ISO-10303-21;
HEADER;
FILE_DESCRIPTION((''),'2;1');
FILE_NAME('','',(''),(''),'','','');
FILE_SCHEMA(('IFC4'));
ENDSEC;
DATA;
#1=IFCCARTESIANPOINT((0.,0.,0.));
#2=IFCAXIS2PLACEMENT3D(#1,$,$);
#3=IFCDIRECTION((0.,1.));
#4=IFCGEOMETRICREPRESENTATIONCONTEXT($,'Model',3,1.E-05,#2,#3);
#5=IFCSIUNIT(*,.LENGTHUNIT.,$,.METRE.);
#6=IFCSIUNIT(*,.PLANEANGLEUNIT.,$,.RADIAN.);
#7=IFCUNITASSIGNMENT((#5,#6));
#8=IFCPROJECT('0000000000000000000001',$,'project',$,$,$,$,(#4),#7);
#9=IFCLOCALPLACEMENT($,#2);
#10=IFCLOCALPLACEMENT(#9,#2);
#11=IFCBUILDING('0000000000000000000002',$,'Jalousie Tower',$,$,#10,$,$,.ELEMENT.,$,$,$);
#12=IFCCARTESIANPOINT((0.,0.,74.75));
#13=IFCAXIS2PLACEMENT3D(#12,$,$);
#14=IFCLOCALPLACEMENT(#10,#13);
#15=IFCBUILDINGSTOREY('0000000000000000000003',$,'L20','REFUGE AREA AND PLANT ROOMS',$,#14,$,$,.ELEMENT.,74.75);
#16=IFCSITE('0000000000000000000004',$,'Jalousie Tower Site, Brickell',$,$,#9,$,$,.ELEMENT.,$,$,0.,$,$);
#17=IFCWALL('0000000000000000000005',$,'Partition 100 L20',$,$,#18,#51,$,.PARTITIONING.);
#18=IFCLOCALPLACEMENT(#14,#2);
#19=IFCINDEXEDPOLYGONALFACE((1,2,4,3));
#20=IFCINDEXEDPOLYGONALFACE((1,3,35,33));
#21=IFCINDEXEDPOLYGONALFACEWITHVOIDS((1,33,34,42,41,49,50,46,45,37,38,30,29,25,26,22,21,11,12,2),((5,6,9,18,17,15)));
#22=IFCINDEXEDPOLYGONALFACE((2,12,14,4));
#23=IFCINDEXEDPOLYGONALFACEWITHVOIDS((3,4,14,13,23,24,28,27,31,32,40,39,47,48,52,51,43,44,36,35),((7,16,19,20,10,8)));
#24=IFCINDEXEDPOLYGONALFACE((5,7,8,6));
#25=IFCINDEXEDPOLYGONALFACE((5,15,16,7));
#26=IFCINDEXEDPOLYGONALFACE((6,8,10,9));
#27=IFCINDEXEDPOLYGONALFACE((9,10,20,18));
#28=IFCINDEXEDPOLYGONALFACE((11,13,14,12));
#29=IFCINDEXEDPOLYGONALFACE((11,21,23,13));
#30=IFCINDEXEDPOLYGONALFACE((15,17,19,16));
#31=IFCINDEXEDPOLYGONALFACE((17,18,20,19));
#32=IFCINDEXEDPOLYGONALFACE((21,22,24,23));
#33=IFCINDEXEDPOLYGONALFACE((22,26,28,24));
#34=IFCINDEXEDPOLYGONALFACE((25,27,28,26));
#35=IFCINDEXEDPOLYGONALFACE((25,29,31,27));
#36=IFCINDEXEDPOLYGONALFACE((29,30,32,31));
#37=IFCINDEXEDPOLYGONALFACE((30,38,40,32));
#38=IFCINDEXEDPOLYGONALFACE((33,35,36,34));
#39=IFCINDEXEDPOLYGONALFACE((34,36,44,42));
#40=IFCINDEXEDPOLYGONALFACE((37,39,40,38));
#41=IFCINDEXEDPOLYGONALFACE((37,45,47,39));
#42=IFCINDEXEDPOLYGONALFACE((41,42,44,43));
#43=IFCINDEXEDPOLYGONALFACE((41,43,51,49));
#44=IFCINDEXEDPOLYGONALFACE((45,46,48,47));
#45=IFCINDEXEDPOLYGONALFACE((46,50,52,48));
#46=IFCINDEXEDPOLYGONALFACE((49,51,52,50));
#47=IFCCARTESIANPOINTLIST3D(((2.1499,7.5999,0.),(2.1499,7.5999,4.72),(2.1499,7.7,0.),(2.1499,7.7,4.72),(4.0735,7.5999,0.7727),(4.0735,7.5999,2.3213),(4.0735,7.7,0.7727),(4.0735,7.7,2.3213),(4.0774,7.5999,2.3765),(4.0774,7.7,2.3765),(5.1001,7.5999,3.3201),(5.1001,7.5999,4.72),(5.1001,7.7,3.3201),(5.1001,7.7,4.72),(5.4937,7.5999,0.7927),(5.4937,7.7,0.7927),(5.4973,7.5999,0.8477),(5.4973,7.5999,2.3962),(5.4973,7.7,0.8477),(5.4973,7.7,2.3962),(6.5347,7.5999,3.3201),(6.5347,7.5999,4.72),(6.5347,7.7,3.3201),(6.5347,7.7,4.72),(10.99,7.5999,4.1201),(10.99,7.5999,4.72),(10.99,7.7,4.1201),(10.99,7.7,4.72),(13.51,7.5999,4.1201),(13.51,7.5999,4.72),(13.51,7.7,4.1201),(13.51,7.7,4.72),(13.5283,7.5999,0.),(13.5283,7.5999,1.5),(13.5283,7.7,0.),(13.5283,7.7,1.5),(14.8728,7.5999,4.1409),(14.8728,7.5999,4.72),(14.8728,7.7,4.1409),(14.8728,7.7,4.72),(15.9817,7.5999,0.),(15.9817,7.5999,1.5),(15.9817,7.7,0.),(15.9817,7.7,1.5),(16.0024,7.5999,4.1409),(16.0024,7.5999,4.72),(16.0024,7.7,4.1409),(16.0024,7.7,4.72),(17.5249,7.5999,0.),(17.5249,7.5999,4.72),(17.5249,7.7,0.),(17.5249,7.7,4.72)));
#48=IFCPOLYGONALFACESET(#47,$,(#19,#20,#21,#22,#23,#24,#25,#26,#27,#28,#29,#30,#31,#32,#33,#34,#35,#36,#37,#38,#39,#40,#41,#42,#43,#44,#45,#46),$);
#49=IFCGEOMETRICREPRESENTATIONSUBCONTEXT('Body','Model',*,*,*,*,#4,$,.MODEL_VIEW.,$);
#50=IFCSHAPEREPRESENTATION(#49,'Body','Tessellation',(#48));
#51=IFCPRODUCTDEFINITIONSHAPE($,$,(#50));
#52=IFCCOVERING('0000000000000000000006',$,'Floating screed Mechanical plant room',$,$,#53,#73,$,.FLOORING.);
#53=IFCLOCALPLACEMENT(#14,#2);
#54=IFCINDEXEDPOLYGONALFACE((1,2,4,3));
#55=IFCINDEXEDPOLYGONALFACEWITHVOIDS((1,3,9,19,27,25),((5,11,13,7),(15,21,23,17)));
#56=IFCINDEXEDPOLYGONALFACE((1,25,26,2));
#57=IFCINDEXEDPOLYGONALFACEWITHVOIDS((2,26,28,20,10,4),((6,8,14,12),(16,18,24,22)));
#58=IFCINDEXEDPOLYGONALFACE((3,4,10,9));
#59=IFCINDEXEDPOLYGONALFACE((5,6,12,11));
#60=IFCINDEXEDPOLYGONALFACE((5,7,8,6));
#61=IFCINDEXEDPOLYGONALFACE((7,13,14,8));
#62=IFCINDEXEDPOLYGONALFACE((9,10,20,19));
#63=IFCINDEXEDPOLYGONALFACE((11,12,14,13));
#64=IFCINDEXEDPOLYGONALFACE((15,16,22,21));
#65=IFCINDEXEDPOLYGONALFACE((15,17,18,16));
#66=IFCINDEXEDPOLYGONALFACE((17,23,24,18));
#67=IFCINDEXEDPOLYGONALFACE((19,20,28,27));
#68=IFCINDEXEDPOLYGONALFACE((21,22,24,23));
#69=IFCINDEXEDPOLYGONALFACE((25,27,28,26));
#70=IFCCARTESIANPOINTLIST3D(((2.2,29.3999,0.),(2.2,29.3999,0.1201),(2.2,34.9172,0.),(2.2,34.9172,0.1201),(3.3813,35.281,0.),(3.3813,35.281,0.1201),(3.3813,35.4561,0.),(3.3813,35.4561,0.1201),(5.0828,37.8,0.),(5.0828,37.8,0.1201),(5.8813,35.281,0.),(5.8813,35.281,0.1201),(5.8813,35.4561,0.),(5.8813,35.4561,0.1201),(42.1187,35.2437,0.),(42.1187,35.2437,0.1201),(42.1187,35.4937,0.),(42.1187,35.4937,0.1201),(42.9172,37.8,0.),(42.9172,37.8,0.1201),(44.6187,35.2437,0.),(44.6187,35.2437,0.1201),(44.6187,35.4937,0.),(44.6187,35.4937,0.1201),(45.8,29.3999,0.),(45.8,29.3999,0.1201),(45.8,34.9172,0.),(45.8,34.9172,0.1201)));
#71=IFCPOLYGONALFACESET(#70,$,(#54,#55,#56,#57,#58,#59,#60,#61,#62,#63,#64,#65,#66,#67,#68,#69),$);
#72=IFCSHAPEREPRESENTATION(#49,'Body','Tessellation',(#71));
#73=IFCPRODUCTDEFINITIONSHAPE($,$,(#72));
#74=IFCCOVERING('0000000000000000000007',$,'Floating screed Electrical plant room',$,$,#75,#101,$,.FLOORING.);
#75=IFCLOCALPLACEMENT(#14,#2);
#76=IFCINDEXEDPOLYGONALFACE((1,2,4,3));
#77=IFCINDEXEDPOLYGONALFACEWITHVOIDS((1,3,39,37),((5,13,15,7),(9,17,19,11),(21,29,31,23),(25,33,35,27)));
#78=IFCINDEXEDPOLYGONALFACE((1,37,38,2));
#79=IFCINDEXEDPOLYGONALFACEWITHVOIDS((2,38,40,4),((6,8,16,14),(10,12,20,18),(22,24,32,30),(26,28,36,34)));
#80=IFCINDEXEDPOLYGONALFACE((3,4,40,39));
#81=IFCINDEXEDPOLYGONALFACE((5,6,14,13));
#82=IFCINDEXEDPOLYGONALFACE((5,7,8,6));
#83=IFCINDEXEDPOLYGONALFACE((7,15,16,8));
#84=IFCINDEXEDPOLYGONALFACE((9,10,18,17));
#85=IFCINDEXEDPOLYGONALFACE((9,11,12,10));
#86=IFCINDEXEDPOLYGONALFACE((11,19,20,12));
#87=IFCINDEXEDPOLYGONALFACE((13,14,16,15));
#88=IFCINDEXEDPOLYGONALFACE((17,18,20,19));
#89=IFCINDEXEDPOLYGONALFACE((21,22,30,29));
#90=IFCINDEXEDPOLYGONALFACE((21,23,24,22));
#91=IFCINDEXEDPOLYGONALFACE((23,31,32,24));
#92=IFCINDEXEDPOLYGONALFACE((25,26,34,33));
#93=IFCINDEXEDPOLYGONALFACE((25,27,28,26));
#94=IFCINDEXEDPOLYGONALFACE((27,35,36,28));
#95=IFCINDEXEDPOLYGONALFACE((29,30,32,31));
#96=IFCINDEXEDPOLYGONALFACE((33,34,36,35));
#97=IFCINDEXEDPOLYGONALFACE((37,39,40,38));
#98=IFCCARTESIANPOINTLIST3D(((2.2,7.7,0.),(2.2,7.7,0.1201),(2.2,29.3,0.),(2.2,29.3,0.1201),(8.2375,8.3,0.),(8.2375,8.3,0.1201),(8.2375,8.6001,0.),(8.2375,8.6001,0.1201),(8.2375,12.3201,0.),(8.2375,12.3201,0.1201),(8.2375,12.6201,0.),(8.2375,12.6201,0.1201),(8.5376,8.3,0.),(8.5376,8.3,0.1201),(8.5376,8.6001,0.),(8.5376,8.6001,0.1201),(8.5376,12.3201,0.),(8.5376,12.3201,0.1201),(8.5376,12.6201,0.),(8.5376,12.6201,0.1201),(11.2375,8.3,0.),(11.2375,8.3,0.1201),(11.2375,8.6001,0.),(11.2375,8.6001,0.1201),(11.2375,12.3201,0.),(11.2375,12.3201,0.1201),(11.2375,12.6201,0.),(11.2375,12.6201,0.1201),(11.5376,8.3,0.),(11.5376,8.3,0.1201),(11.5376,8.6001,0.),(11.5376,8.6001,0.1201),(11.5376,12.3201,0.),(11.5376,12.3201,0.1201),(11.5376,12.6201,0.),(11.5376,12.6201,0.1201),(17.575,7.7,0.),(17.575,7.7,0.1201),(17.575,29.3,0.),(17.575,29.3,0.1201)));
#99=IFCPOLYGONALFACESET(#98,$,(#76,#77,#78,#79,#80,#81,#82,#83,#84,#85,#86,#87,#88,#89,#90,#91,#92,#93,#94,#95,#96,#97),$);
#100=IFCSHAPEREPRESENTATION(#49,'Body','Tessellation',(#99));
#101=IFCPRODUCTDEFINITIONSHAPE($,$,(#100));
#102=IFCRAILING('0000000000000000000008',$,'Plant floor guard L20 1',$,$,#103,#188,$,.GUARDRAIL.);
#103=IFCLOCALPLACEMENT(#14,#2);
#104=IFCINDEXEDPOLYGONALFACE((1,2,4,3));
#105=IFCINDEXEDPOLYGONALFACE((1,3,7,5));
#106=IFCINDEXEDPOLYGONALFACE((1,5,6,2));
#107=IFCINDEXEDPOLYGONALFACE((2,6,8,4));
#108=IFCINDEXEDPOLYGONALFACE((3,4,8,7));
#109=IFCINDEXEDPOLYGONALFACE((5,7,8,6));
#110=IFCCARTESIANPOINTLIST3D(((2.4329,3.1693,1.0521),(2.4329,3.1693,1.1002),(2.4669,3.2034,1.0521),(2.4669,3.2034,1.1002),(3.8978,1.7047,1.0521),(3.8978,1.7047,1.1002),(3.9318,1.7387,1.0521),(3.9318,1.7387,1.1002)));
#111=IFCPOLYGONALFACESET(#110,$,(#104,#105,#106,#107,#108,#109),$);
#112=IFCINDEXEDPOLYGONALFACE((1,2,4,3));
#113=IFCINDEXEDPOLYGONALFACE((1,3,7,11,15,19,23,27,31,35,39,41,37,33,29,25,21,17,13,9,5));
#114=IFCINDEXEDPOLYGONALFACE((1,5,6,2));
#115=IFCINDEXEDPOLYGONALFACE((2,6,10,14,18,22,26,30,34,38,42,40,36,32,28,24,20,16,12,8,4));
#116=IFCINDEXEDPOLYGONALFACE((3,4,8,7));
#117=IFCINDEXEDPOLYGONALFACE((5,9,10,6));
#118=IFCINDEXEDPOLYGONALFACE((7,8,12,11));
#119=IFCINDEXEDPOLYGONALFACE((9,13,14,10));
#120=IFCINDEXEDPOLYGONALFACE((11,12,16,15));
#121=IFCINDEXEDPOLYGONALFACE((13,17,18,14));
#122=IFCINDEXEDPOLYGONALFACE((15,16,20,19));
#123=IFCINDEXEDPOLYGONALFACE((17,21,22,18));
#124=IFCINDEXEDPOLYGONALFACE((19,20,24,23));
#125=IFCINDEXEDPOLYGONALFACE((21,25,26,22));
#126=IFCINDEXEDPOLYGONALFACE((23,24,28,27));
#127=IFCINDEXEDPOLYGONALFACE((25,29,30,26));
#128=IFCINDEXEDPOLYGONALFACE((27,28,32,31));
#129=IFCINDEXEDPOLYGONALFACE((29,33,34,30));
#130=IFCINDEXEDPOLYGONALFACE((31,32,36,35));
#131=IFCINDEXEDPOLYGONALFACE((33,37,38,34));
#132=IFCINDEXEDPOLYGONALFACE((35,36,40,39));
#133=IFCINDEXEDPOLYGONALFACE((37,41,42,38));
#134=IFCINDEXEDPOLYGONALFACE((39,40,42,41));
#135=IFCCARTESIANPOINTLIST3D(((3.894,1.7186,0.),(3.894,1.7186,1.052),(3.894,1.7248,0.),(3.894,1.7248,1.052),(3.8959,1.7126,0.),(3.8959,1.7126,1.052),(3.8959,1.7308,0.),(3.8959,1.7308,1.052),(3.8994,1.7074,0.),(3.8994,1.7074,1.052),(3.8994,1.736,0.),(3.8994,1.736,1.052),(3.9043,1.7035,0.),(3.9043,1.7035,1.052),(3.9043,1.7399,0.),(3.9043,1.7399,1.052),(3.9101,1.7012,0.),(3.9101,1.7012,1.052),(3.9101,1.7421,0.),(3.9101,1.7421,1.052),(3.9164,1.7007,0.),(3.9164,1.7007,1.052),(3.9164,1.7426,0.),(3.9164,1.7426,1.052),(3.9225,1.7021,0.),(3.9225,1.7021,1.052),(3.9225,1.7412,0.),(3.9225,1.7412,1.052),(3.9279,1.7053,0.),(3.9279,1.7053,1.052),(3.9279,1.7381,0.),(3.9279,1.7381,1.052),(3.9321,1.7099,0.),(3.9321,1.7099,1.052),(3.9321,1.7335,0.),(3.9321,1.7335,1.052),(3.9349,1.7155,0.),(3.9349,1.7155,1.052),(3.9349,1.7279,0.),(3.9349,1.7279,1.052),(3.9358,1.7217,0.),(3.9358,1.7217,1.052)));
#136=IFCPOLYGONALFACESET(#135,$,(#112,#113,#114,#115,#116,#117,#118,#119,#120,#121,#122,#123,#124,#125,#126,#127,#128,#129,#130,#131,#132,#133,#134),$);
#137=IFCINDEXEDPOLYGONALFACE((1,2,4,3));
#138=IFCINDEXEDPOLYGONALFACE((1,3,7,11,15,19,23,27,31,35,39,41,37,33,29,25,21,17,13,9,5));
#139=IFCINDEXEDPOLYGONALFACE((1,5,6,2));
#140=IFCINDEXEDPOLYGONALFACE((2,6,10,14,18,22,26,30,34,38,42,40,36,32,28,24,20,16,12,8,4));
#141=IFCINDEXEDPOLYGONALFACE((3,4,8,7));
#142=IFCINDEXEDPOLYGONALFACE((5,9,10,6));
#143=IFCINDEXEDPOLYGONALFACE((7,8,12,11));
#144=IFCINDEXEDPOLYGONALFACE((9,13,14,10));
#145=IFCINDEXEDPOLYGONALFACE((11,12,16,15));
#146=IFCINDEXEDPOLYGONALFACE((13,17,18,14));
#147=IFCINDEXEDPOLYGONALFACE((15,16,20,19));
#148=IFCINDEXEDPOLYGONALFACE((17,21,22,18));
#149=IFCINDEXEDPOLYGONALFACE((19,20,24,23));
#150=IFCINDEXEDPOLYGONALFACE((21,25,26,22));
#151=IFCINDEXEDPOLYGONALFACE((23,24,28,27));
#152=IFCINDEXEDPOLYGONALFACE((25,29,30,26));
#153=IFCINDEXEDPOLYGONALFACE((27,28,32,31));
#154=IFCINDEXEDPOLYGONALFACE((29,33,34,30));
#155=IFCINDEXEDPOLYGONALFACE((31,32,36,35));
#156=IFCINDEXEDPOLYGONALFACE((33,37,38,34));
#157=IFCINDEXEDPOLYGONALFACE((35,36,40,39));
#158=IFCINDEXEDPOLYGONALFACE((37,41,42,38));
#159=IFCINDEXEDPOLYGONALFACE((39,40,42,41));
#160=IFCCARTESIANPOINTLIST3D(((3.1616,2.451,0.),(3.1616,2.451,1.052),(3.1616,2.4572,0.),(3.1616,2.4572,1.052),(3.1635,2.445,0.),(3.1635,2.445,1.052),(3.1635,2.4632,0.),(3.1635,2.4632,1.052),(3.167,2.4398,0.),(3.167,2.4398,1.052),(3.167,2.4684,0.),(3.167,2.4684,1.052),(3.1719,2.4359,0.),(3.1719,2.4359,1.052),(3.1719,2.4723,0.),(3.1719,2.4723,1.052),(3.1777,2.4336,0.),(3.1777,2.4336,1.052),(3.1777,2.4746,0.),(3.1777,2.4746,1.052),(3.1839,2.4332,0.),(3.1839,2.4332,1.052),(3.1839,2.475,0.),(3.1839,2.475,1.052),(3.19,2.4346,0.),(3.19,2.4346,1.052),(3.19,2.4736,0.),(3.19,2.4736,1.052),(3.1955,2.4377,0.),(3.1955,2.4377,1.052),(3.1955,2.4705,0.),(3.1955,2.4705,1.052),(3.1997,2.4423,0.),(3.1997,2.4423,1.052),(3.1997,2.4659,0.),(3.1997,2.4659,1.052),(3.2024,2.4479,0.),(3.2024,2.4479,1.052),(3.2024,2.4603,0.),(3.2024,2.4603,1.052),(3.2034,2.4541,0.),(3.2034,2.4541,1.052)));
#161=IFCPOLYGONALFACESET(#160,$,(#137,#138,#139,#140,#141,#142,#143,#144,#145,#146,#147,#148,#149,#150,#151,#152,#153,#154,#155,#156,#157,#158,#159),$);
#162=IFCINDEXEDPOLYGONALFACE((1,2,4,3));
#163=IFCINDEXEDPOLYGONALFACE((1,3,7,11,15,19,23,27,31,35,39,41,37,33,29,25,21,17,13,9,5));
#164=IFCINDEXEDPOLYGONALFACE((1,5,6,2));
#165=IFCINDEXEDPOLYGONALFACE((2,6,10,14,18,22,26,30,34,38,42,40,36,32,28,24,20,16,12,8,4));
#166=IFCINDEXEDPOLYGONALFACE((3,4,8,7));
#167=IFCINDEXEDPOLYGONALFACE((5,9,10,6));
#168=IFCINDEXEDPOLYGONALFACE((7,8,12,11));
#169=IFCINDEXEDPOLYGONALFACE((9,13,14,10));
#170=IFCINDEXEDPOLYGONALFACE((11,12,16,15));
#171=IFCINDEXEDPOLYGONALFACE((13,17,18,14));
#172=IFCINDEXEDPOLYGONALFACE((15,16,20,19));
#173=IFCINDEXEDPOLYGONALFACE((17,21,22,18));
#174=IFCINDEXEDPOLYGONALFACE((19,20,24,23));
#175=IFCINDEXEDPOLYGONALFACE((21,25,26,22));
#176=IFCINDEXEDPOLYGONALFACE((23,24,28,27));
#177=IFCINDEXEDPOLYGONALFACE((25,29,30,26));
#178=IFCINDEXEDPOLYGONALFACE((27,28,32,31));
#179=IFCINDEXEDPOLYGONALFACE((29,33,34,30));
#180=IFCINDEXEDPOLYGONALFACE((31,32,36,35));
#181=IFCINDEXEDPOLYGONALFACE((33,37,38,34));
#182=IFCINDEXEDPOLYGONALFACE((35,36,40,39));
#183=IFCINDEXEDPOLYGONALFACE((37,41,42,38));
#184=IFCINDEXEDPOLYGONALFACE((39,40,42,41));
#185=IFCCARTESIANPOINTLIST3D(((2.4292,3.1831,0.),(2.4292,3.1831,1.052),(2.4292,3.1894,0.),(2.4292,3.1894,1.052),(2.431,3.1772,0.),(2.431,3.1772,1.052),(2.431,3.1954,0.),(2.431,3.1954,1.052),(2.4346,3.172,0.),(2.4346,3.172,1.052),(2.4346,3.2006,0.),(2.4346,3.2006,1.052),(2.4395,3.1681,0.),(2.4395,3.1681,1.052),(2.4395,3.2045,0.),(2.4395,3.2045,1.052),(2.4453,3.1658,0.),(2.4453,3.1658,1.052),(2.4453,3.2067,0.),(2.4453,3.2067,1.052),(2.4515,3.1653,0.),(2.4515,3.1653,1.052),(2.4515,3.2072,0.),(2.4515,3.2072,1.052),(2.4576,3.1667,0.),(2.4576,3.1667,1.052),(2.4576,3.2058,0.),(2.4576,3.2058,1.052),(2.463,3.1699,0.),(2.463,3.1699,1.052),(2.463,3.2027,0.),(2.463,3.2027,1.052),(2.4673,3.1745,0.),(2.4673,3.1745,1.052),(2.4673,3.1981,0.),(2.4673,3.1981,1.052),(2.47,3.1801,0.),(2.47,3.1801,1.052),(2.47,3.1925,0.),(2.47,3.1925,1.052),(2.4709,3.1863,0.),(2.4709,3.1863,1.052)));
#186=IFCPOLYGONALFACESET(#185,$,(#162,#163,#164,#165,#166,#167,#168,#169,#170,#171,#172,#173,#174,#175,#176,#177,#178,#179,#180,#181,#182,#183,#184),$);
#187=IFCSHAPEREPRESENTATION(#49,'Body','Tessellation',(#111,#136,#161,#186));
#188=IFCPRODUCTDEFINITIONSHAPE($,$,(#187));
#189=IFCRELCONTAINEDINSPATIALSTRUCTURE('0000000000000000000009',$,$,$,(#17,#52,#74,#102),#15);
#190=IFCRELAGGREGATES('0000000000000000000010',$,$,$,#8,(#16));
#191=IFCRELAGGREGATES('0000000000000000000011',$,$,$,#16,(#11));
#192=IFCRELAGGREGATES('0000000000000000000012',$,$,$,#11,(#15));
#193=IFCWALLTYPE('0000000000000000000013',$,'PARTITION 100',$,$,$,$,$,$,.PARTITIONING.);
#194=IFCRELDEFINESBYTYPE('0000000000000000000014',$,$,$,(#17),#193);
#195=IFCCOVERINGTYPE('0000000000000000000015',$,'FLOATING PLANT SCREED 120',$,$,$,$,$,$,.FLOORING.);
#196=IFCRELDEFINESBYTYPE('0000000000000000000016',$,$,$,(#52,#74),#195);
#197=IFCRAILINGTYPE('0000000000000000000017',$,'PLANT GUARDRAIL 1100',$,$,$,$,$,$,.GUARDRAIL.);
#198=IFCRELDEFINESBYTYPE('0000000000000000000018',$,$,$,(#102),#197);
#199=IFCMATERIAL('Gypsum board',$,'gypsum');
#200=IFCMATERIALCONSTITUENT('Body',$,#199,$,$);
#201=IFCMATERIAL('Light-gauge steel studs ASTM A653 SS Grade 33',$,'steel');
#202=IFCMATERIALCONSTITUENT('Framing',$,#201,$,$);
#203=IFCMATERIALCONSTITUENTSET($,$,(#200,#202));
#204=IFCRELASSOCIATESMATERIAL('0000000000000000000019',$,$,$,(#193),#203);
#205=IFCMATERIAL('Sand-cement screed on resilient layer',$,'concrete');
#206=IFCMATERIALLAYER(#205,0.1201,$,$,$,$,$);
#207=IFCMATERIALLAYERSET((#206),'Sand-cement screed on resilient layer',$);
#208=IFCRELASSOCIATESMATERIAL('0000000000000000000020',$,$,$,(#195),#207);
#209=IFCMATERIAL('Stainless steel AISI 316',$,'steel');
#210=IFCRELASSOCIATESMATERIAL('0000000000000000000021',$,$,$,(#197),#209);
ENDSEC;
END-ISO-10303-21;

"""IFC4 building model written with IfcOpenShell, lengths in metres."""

from ifc_helpers import new_model, si_unit, direction, frame, origin, origin_2d, place, context, subcontext, project, spatial, polyline, rectangle, circle, outline, extrude, material, layer, layer_set, constituent, constituent_set, type_object, element, save


model = new_model("IFC4")

# Units and contexts
model_context = context("Model", 3, precision=1e-05, world=origin(), true_north=direction((0.0, 1.0)))
body_context = subcontext(model_context, "Body", "Model", "MODEL_VIEW")
ifc_project = project(units=[si_unit("LENGTHUNIT", "METRE"), si_unit("PLANEANGLEUNIT", "RADIAN")], contexts=[model_context])

# Site, building, storey
site_placement = place(None, origin())
site = spatial("IfcSite", under=ifc_project, at=site_placement, Name="Jalousie Tower Site, Brickell", CompositionType="ELEMENT", RefElevation=0.0)
building_placement = place(site_placement, origin())
building = spatial("IfcBuilding", under=site, at=building_placement, Name="Jalousie Tower", CompositionType="ELEMENT")
storey_placement = place(building_placement, frame((0.0, 0.0, 74.75)))
storey = spatial("IfcBuildingStorey", under=building, at=storey_placement, Name="L20", Description="REFUGE AREA AND PLANT ROOMS", CompositionType="ELEMENT", Elevation=74.75)

# Wall
ifc_material_1 = material(Name="Gypsum board", Category="gypsum")
ifc_constituent_1 = constituent(ifc_material_1, Name="Body")
ifc_material_2 = material(Name="Light-gauge steel studs ASTM A653 SS Grade 33", Category="steel")
ifc_constituent_2 = constituent(ifc_material_2, Name="Framing")
ifc_constituent_set = constituent_set(constituents=[ifc_constituent_1, ifc_constituent_2])
wall_type = type_object("IfcWallType", Name="PARTITION 100", PredefinedType="PARTITIONING", material=ifc_constituent_set)
wall_placement = place(storey_placement, frame((2.1499, 7.6499, 0.0), z_axis=(0.0, 0.0, 1.0), x_axis=(1.0, 0.0, 0.0)))
element("IfcWall", 1, at=wall_placement, inside=storey, type_object=wall_type, Name="Partition 100 L20", PredefinedType="PARTITIONING", context=body_context, shape_type="SweptSolid", body=[
    extrude(outline(polyline([(2.9502, 4.72), (0.0, 4.72), (0.0, 0.0), (11.3784, 0.0), (11.3784, 1.5), (13.8318, 1.5), (13.8318, 0.0), (15.375, 0.0), (15.375, 4.72), (13.8525, 4.72), (13.8525, 4.1409), (12.7229, 4.1409), (12.7229, 4.72), (11.3601, 4.72), (11.3601, 4.1201), (8.8401, 4.1201), (8.8401, 4.72), (4.3848, 4.72), (4.3848, 3.3201), (2.9502, 3.3201), (2.9502, 4.72)]), holes=[polyline([(1.9236, 0.7727), (1.9236, 2.3213), (1.9275, 2.3765), (3.3474, 2.3962), (3.3474, 0.8477), (3.3438, 0.7927), (1.9236, 0.7727)])]), frame((0.0, 0.05, 0.0), z_axis=(0.0, -1.0, 0.0), x_axis=(1.0, 0.0, 0.0)), (0.0, 0.0, 1.0), 0.1001),
])

# Coverings
ifc_material_3 = material(Name="Sand-cement screed on resilient layer", Category="concrete")
ifc_layer_1 = layer(ifc_material_3, 0.1201)
ifc_layer_set_1 = layer_set([ifc_layer_1], Name="Sand-cement screed on resilient layer")
covering_type = type_object("IfcCoveringType", Name="FLOATING PLANT SCREED 120", PredefinedType="FLOORING", material=ifc_layer_set_1)
covering_1_placement = place(storey_placement, origin())
element("IfcCovering", 2, at=covering_1_placement, inside=storey, type_object=covering_type, Name="Floating screed Mechanical plant room", PredefinedType="FLOORING", context=body_context, shape_type="SweptSolid", body=[
    extrude(outline(polyline([(2.2, 34.9172), (5.0828, 37.8), (42.9172, 37.8), (45.8, 34.9172), (45.8, 29.3999), (2.2, 29.3999), (2.2, 34.9172)]), holes=[polyline([(42.1187, 35.2437), (44.6187, 35.2437), (44.6187, 35.4937), (42.1187, 35.4937), (42.1187, 35.2437)]), polyline([(3.3813, 35.281), (5.8813, 35.281), (5.8813, 35.4561), (3.3813, 35.4561), (3.3813, 35.281)])]), origin(), (0.0, 0.0, 1.0), 0.1201),
])
covering_2_placement = place(storey_placement, origin())
element("IfcCovering", 3, at=covering_2_placement, inside=storey, type_object=covering_type, Name="Floating screed Electrical plant room", PredefinedType="FLOORING", context=body_context, shape_type="SweptSolid", body=[
    extrude(outline(polyline([(17.575, 7.7), (2.2, 7.7), (2.2, 29.3), (17.575, 29.3), (17.575, 7.7)]), holes=[polyline([(8.2375, 8.3), (8.5376, 8.3), (8.5376, 8.6001), (8.2375, 8.6001), (8.2375, 8.3)]), polyline([(11.2375, 8.3), (11.5376, 8.3), (11.5376, 8.6001), (11.2375, 8.6001), (11.2375, 8.3)]), polyline([(8.2375, 12.3201), (8.5376, 12.3201), (8.5376, 12.6201), (8.2375, 12.6201), (8.2375, 12.3201)]), polyline([(11.2375, 12.3201), (11.5376, 12.3201), (11.5376, 12.6201), (11.2375, 12.6201), (11.2375, 12.3201)])]), origin(), (0.0, 0.0, 1.0), 0.1201),
])

# Railing
ifc_material_4 = material(Name="Stainless steel AISI 316", Category="steel")
railing_type = type_object("IfcRailingType", Name="PLANT GUARDRAIL 1100", PredefinedType="GUARDRAIL", material=ifc_material_4)
railing_1_placement = place(storey_placement, frame((3.9148, 1.7217, 0.0)))
element("IfcRailing", 4, at=railing_1_placement, inside=storey, type_object=railing_type, Name="Plant floor guard L20 1", PredefinedType="GUARDRAIL", context=body_context, shape_type="SweptSolid", body=[
    extrude(rectangle(XDim=0.0481, YDim=0.0481, at=origin_2d()), frame((0.0, 0.0, 1.0762), z_axis=(-0.707166, 0.707048, 0.0), x_axis=(-0.707048, -0.707166, 0.0)), (0.0, 0.0, 1.0), 2.0715),
    extrude(circle(Radius=0.021, at=origin_2d()), origin(), (0.0, 0.0, 1.0), 1.052),
    extrude(circle(Radius=0.021, at=origin_2d()), frame((-0.7324, 0.7324, 0.0)), (0.0, 0.0, 1.0), 1.052),
    extrude(circle(Radius=0.021, at=origin_2d()), frame((-1.4648, 1.4646, 0.0)), (0.0, 0.0, 1.0), 1.052),
])

save(model, "model.ifc")
